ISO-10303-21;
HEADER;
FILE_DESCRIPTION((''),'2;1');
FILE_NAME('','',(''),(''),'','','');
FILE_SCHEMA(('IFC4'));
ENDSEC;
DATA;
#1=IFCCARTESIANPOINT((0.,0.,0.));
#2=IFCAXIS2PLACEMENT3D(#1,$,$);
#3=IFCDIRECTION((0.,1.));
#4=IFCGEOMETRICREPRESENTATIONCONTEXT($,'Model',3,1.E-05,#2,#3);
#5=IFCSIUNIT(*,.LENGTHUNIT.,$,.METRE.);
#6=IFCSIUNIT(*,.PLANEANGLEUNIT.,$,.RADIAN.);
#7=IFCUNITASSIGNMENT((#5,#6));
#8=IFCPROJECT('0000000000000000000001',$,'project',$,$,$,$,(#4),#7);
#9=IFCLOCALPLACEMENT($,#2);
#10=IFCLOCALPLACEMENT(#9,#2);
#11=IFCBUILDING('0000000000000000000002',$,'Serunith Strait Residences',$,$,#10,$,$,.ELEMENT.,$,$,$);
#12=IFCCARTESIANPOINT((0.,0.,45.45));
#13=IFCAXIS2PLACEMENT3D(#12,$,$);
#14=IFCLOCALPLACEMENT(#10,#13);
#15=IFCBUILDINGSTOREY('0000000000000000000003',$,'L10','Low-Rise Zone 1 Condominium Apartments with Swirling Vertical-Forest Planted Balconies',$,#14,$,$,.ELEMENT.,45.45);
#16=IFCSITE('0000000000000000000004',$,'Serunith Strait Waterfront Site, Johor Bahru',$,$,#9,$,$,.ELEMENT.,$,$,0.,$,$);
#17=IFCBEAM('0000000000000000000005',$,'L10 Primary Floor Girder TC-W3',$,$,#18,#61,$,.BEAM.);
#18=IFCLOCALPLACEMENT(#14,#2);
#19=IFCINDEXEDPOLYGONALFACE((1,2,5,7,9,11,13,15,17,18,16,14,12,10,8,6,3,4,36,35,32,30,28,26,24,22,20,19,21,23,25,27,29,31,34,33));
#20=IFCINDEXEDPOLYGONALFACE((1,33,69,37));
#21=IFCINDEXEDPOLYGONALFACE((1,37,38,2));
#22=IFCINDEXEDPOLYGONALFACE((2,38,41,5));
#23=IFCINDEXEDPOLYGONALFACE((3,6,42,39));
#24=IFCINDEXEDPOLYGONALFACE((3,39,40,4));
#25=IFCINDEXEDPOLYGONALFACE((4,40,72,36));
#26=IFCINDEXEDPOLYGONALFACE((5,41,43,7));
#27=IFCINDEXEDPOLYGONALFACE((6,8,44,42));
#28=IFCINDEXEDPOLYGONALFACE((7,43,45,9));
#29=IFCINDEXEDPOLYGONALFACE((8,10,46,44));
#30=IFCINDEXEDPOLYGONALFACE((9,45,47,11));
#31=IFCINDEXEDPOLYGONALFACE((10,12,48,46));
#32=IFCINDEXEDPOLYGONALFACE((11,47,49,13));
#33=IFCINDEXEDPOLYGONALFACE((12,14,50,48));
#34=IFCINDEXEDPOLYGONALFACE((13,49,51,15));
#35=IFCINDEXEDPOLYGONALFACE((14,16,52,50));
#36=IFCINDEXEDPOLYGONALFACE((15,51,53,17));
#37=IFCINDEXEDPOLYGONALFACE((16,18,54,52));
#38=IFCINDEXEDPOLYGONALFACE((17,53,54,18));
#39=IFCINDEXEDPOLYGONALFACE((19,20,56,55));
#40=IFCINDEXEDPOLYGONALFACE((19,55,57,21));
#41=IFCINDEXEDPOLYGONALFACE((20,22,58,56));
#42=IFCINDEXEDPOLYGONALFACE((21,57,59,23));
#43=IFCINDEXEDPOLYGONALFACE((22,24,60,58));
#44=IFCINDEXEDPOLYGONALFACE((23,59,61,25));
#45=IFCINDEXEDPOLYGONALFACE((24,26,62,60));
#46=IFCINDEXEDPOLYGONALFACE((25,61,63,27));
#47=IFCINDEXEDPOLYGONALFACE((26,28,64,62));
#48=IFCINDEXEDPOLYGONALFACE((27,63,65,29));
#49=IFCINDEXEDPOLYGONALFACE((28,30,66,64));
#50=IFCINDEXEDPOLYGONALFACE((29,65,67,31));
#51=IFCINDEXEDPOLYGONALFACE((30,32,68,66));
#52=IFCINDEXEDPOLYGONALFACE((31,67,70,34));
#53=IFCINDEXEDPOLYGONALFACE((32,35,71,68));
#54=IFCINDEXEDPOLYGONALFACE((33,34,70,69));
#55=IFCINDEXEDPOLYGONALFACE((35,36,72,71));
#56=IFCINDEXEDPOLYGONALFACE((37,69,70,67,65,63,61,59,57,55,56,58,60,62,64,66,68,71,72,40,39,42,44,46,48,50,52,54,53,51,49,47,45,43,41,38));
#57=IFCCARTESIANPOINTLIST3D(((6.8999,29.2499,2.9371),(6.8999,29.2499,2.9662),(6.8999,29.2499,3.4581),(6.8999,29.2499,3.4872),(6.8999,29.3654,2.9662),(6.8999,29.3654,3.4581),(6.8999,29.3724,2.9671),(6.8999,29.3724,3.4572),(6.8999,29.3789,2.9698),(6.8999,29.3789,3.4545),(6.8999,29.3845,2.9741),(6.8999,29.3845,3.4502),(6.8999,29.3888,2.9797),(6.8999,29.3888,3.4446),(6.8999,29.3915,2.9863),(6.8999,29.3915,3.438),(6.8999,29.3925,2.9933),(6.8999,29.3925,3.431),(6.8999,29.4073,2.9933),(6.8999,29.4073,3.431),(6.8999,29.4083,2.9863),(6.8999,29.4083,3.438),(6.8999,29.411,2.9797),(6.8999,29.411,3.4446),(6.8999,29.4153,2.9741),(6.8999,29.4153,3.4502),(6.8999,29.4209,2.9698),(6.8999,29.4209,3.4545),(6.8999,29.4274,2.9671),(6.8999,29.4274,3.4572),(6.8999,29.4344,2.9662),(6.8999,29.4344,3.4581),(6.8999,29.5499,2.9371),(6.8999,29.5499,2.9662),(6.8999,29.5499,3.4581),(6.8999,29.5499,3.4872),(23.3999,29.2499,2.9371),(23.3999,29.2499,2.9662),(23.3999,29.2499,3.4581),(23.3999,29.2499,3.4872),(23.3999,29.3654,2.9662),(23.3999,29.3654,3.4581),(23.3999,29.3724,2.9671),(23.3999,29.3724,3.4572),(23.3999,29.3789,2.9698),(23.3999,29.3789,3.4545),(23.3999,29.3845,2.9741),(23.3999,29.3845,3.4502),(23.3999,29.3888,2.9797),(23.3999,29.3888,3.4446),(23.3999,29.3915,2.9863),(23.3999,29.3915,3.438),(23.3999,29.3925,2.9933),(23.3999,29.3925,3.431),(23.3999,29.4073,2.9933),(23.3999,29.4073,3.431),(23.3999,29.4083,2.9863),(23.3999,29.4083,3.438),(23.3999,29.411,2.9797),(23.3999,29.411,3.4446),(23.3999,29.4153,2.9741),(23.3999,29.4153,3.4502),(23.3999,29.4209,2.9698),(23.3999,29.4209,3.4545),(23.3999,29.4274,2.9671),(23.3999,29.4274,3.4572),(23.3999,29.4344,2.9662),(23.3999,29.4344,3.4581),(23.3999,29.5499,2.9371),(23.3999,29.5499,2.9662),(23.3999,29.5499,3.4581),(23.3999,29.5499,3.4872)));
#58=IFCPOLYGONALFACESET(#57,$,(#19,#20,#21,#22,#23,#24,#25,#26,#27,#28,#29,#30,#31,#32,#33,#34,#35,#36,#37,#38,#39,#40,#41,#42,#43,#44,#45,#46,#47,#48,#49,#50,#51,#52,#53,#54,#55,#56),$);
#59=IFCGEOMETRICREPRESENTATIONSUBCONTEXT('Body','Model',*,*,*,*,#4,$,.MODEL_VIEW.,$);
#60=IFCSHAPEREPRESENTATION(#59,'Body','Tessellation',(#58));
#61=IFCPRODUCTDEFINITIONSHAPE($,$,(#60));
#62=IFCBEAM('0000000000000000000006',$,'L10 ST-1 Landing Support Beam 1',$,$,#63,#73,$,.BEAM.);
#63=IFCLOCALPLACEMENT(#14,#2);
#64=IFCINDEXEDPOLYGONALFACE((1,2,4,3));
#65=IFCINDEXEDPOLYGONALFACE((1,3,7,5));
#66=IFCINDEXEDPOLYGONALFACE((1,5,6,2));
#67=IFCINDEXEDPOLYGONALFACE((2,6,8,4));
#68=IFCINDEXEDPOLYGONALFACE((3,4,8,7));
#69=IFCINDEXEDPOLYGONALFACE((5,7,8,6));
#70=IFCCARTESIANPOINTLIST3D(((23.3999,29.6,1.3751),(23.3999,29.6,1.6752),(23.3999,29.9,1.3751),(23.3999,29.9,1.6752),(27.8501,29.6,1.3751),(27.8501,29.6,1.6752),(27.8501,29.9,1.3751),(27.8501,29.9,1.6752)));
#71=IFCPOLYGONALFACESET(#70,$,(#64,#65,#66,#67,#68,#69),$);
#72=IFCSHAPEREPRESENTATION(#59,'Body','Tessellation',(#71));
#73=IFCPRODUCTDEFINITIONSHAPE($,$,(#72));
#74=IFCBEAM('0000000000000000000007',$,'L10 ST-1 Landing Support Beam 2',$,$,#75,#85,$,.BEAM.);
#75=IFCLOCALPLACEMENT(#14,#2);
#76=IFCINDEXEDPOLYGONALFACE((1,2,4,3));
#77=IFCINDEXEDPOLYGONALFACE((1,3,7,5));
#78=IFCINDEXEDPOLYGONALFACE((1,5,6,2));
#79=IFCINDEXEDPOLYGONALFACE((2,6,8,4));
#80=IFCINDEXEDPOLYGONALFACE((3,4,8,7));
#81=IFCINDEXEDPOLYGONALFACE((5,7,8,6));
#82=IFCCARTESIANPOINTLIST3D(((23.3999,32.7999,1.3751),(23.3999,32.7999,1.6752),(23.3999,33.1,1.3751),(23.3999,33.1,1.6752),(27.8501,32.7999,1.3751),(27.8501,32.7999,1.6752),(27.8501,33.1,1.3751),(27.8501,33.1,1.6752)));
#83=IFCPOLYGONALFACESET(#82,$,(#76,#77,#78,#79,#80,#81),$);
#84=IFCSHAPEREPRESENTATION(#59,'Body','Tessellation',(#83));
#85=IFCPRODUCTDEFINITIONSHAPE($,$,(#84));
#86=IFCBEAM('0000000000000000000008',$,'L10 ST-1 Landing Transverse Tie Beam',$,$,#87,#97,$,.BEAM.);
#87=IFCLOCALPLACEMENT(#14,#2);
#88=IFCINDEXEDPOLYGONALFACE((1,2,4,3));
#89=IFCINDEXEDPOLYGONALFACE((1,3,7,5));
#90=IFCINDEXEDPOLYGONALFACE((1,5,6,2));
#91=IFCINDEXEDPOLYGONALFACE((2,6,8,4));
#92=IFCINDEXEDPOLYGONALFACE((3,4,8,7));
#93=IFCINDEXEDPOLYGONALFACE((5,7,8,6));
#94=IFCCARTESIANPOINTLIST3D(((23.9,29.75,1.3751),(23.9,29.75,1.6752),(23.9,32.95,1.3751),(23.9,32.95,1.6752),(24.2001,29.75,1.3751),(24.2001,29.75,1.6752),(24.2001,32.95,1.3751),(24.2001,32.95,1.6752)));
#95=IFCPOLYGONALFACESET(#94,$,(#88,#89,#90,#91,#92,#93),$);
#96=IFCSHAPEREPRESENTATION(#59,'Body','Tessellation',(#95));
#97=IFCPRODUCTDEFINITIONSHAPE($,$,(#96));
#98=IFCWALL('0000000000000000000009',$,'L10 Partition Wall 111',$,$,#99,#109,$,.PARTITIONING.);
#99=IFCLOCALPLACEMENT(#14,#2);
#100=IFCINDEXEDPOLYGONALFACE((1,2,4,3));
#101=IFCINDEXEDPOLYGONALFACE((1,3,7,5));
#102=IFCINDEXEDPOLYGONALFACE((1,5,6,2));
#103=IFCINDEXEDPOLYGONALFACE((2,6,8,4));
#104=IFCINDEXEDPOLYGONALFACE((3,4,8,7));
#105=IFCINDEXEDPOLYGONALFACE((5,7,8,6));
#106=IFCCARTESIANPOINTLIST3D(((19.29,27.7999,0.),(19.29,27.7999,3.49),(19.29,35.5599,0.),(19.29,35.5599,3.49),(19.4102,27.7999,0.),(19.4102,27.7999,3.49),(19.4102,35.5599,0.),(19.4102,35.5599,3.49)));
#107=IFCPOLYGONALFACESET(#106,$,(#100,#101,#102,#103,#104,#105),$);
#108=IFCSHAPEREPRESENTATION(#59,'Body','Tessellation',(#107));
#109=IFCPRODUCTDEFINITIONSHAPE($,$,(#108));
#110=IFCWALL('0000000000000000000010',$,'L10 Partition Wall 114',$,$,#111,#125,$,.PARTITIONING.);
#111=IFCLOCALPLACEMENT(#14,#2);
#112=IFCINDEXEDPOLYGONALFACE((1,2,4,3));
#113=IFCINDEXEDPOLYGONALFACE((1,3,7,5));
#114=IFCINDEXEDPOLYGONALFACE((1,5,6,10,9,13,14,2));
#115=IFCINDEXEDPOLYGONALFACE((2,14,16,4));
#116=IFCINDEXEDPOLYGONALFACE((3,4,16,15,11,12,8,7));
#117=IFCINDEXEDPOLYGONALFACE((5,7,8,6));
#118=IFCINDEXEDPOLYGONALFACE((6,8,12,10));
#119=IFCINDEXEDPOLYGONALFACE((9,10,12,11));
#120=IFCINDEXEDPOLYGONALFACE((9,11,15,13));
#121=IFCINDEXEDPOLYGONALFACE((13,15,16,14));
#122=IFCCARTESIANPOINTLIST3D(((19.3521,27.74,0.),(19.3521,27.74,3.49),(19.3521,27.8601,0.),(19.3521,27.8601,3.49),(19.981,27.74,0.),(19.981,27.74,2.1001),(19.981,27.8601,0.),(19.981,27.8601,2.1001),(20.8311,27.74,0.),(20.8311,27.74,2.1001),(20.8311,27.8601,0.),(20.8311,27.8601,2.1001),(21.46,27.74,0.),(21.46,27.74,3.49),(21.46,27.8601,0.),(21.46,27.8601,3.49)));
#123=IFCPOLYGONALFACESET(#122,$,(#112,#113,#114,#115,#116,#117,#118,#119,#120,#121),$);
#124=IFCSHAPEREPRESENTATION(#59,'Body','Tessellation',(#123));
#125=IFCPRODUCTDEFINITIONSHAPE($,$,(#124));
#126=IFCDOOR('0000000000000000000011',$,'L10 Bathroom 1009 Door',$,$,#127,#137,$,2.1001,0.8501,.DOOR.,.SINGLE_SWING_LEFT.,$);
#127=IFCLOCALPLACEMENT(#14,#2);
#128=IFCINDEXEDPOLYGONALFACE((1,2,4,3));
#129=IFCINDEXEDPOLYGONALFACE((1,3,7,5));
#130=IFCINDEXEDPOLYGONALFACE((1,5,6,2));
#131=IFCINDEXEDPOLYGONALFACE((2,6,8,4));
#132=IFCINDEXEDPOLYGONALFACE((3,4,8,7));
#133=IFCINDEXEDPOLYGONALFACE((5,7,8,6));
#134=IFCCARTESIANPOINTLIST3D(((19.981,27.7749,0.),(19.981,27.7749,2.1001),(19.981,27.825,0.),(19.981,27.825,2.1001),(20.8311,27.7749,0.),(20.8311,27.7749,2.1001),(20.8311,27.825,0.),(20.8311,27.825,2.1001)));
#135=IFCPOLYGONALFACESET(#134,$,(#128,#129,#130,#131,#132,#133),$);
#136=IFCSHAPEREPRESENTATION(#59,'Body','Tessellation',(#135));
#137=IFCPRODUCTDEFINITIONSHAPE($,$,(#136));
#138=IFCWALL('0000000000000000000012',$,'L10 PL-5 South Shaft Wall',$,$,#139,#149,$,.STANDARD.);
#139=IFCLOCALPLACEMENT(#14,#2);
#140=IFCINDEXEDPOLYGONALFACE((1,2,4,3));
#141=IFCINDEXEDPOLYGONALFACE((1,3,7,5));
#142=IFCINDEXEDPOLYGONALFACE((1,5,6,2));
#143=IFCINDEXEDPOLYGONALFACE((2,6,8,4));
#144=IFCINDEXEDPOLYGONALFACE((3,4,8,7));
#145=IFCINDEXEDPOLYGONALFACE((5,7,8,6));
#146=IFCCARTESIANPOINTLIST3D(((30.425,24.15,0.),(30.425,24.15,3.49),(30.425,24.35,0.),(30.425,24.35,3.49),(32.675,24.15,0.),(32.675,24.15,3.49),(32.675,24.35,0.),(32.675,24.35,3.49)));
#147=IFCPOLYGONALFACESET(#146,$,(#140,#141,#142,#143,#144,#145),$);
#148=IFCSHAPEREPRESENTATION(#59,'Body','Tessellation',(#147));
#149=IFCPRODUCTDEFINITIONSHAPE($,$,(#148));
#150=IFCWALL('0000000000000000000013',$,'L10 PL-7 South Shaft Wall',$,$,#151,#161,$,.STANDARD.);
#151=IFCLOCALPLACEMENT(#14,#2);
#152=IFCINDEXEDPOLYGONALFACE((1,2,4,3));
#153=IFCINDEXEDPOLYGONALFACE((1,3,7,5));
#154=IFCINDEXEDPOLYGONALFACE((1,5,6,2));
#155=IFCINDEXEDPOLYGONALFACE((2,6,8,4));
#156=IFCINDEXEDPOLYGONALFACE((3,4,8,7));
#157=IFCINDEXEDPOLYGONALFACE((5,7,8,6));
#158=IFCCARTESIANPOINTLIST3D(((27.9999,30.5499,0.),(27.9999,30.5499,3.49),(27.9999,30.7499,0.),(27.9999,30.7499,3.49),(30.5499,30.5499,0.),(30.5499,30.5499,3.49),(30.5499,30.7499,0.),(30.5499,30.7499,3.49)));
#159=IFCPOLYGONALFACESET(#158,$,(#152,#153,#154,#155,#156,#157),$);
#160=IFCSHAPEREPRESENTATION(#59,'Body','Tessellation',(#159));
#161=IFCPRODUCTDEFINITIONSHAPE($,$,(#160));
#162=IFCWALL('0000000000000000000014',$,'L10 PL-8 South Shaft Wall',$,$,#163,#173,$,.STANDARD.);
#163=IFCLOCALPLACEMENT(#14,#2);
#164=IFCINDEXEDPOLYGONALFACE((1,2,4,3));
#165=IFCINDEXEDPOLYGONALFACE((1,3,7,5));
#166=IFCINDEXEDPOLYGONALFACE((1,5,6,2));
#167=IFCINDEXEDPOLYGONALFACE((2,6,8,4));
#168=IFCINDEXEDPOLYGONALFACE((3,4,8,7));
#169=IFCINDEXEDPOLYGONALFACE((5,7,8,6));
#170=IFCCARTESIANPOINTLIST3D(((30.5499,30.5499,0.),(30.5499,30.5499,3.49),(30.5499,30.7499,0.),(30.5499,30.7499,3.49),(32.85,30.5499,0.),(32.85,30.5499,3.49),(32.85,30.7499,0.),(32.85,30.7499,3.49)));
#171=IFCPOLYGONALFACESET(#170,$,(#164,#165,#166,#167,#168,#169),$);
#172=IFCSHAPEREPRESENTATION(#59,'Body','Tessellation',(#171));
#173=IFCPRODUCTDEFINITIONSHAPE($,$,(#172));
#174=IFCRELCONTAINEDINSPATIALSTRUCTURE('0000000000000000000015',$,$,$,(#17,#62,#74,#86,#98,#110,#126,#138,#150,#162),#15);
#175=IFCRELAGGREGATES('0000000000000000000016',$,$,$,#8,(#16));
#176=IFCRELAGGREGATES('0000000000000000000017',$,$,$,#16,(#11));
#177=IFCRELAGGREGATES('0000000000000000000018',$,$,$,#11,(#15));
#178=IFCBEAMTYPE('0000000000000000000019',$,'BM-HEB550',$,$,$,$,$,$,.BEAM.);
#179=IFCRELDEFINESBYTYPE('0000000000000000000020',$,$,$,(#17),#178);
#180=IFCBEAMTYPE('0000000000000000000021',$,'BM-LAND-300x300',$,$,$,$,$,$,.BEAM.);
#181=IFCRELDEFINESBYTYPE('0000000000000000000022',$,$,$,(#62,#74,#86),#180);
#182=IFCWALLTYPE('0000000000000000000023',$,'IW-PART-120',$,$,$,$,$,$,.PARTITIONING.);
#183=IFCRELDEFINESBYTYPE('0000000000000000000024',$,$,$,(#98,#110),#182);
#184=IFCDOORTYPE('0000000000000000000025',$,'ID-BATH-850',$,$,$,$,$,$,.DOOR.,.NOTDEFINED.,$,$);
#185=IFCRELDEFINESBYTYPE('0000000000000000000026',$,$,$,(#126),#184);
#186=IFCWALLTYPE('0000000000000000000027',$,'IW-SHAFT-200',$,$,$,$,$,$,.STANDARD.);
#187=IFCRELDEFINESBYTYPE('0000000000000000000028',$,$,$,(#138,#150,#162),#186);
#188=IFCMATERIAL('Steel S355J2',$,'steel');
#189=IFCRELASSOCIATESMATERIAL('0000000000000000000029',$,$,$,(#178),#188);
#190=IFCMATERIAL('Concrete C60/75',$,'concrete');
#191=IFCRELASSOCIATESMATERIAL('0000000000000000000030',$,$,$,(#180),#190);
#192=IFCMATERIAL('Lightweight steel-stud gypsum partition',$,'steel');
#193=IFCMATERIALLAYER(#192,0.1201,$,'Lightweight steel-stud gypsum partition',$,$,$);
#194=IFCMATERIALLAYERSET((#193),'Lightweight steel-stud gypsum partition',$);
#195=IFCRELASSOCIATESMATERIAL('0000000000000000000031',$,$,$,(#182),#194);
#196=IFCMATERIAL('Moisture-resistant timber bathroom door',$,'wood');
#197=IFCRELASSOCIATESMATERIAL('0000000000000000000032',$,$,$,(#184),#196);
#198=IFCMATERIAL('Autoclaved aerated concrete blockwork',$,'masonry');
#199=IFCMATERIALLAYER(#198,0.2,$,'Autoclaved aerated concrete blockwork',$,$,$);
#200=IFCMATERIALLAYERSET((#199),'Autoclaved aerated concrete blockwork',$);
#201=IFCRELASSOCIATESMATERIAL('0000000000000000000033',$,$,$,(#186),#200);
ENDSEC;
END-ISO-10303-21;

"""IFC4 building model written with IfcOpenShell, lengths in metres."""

from ifc_helpers import new_model, si_unit, direction, frame, frame_2d, origin, origin_2d, place, context, subcontext, project, spatial, rectangle, i_section, extrude, source, transform, mapped, material, layer, layer_set, material_profile, profile_set, type_object, element, fill, save


model = new_model("IFC4")

# Units and contexts
model_context = context("Model", 3, precision=1e-05, world=origin(), true_north=direction((0.0, 1.0)))
body_context = subcontext(model_context, "Body", "Model", "MODEL_VIEW")
ifc_project = project(units=[si_unit("LENGTHUNIT", "METRE"), si_unit("PLANEANGLEUNIT", "RADIAN")], contexts=[model_context])

# Site, building, storey
site_placement = place(None, origin())
site = spatial("IfcSite", under=ifc_project, at=site_placement, Name="Serunith Strait Waterfront Site, Johor Bahru", CompositionType="ELEMENT", RefElevation=0.0)
building_placement = place(site_placement, origin())
building = spatial("IfcBuilding", under=site, at=building_placement, Name="Serunith Strait Residences", CompositionType="ELEMENT")
storey_placement = place(building_placement, frame((0.0, 0.0, 45.45)))
storey = spatial("IfcBuildingStorey", under=building, at=storey_placement, Name="L10", Description="Low-Rise Zone 1 Condominium Apartments with Swirling Vertical-Forest Planted Balconies", CompositionType="ELEMENT", Elevation=45.45)

# Beams
ifc_material_1 = material(Name="Steel S355J2", Category="steel")
ifc_material_profile_1 = material_profile(ifc_material_1, i_section(OverallWidth=0.3, OverallDepth=0.55, WebThickness=0.0149, FlangeThickness=0.0291, FilletRadius=0.0271, at=origin_2d()), Name="HEB 550")
ifc_profile_set_1 = profile_set([ifc_material_profile_1], Name="Steel S355J2")
beam_type_1 = type_object("IfcBeamType", Name="BM-HEB550", PredefinedType="BEAM", material=ifc_profile_set_1)
shared_shape_1 = source(origin(), body_context, "Body", "SweptSolid", [
    extrude(i_section(OverallWidth=0.3, OverallDepth=0.55, WebThickness=0.0149, FlangeThickness=0.0291, FilletRadius=0.0271, at=origin_2d()), origin(), (0.0, 0.0, 1.0), 16.5),
])
beam_1_placement = place(storey_placement, frame((23.3999, 29.3999, 3.2122), z_axis=(-1.0, 0.0, 0.0), x_axis=(0.0, -1.0, 0.0)))
element("IfcBeam", 1, at=beam_1_placement, inside=storey, type_object=beam_type_1, Name="L10 Primary Floor Girder TC-W3", PredefinedType="BEAM", context=body_context, shape_type="MappedRepresentation", body=[
    mapped(shared_shape_1, transform((0.0, 0.0, 0.0), scale=1.0)),
])
ifc_material_2 = material(Name="Concrete C60/75", Category="concrete")
ifc_material_profile_2 = material_profile(ifc_material_2, rectangle(XDim=0.3, YDim=0.3, at=origin_2d()), Name="RC 300x300")
ifc_profile_set_2 = profile_set([ifc_material_profile_2], Name="Concrete C60/75")
beam_type_2 = type_object("IfcBeamType", Name="BM-LAND-300x300", PredefinedType="BEAM", material=ifc_profile_set_2)
shared_shape_2 = source(origin(), body_context, "Body", "SweptSolid", [
    extrude(rectangle(XDim=0.3, YDim=0.3, at=origin_2d()), origin(), (0.0, 0.0, 1.0), 4.4502),
])
for number, where, z_axis, x_axis, name in (
    (2, (23.3999, 29.75, 1.5251), (1.0, 0.0, 0.0), (0.0, 1.0, 0.0), "L10 ST-1 Landing Support Beam 1"),
    (3, (23.3999, 32.95, 1.5251), (1.0, 0.0, 0.0), (0.0, 1.0, 0.0), "L10 ST-1 Landing Support Beam 2"),
):
    element("IfcBeam", number, at=place(storey_placement, frame(where, z_axis=z_axis, x_axis=x_axis)), inside=storey, type_object=beam_type_2, Name=name, PredefinedType="BEAM", context=body_context, shape_type="MappedRepresentation", body=[
        mapped(shared_shape_2, transform((0.0, 0.0, 0.0), scale=1.0)),
    ])
shared_shape_3 = source(origin(), body_context, "Body", "SweptSolid", [
    extrude(rectangle(XDim=0.3, YDim=0.3, at=origin_2d()), origin(), (0.0, 0.0, 1.0), 3.2),
])
beam_2_placement = place(storey_placement, frame((24.05, 29.75, 1.5251), z_axis=(0.0, 1.0, 0.0), x_axis=(-1.0, 0.0, 0.0)))
element("IfcBeam", 4, at=beam_2_placement, inside=storey, type_object=beam_type_2, Name="L10 ST-1 Landing Transverse Tie Beam", PredefinedType="BEAM", context=body_context, shape_type="MappedRepresentation", body=[
    mapped(shared_shape_3, transform((0.0, 0.0, 0.0), scale=1.0)),
])

# Wall
ifc_material_3 = material(Name="Lightweight steel-stud gypsum partition", Category="steel")
ifc_layer_1 = layer(ifc_material_3, 0.1201, Name="Lightweight steel-stud gypsum partition")
ifc_layer_set_1 = layer_set([ifc_layer_1], Name="Lightweight steel-stud gypsum partition")
wall_type_1 = type_object("IfcWallType", Name="IW-PART-120", PredefinedType="PARTITIONING", material=ifc_layer_set_1)
wall_1_placement = place(storey_placement, frame((19.3501, 27.8, 0.0), z_axis=(0.0, 0.0, 1.0), x_axis=(0.0, 1.0, 0.0)))
element("IfcWall", 5, at=wall_1_placement, inside=storey, type_object=wall_type_1, Name="L10 Partition Wall 111", PredefinedType="PARTITIONING", context=body_context, shape_type="SweptSolid", body=[
    extrude(rectangle(XDim=7.76, YDim=0.1201, at=frame_2d((3.8799, 0.0))), origin(), (0.0, 0.0, 1.0), 3.49),
])

# Wall, opening, door
wall_2_placement = place(storey_placement, frame((19.3521, 27.8, 0.0), z_axis=(0.0, 0.0, 1.0), x_axis=(1.0, 0.0, 0.0)))
wall_2 = element("IfcWall", 6, at=wall_2_placement, inside=storey, type_object=wall_type_1, Name="L10 Partition Wall 114", PredefinedType="PARTITIONING", context=body_context, shape_type="SweptSolid", body=[
    extrude(rectangle(XDim=2.1079, YDim=0.1201, at=frame_2d((1.054, 0.0))), origin(), (0.0, 0.0, 1.0), 3.49),
])
opening_1_placement = place(wall_2_placement, frame((0.6289, 0.0, 0.0)))
opening_1 = element("IfcOpeningElement", 7, at=opening_1_placement, cuts=wall_2, PredefinedType="OPENING", context=body_context, shape_type="SweptSolid", body=[
    extrude(rectangle(XDim=0.8501, YDim=2.1001, at=frame_2d((0.425, 1.05))), frame((0.0, 0.0701, 0.0), z_axis=(0.0, -1.0, 0.0), x_axis=(1.0, 0.0, 0.0)), (0.0, 0.0, 1.0), 0.1401),
])
ifc_material_4 = material(Name="Moisture-resistant timber bathroom door", Category="wood")
door_type_1 = type_object("IfcDoorType", Name="ID-BATH-850", OperationType="NOTDEFINED", PredefinedType="DOOR", material=ifc_material_4)
shared_shape_4 = source(origin(), body_context, "Body", "SweptSolid", [
    extrude(rectangle(XDim=0.8501, YDim=2.1001, at=frame_2d((0.425, 1.05))), frame((0.0, 0.0249, 0.0), z_axis=(0.0, -1.0, 0.0), x_axis=(1.0, 0.0, 0.0)), (0.0, 0.0, 1.0), 0.05),
])
door_1_placement = place(opening_1_placement, origin())
door_1 = element("IfcDoor", 8, at=door_1_placement, inside=storey, type_object=door_type_1, Name="L10 Bathroom 1009 Door", OperationType="SINGLE_SWING_LEFT", OverallHeight=2.1001, OverallWidth=0.8501, PredefinedType="DOOR", context=body_context, shape_type="MappedRepresentation", body=[
    mapped(shared_shape_4, transform((0.0, 0.0, 0.0), scale=1.0)),
])
fill(opening_1, door_1)
ifc_material_5 = material(Name="Autoclaved aerated concrete blockwork", Category="masonry")
ifc_layer_2 = layer(ifc_material_5, 0.2, Name="Autoclaved aerated concrete blockwork")
ifc_layer_set_2 = layer_set([ifc_layer_2], Name="Autoclaved aerated concrete blockwork")
wall_type_2 = type_object("IfcWallType", Name="IW-SHAFT-200", PredefinedType="STANDARD", material=ifc_layer_set_2)

# Walls
wall_3_placement = place(storey_placement, frame((30.425, 24.25, 0.0), z_axis=(0.0, 0.0, 1.0), x_axis=(1.0, 0.0, 0.0)))
element("IfcWall", 9, at=wall_3_placement, inside=storey, type_object=wall_type_2, Name="L10 PL-5 South Shaft Wall", PredefinedType="STANDARD", context=body_context, shape_type="SweptSolid", body=[
    extrude(rectangle(XDim=2.25, YDim=0.2, at=frame_2d((1.125, 0.0))), origin(), (0.0, 0.0, 1.0), 3.49),
])
wall_4_placement = place(storey_placement, frame((28.0, 30.6499, 0.0), z_axis=(0.0, 0.0, 1.0), x_axis=(1.0, 0.0, 0.0)))
element("IfcWall", 10, at=wall_4_placement, inside=storey, type_object=wall_type_2, Name="L10 PL-7 South Shaft Wall", PredefinedType="STANDARD", context=body_context, shape_type="SweptSolid", body=[
    extrude(rectangle(XDim=2.55, YDim=0.2, at=frame_2d((1.2749, 0.0))), origin(), (0.0, 0.0, 1.0), 3.49),
])
wall_5_placement = place(storey_placement, frame((30.55, 30.6499, 0.0), z_axis=(0.0, 0.0, 1.0), x_axis=(1.0, 0.0, 0.0)))
element("IfcWall", 11, at=wall_5_placement, inside=storey, type_object=wall_type_2, Name="L10 PL-8 South Shaft Wall", PredefinedType="STANDARD", context=body_context, shape_type="SweptSolid", body=[
    extrude(rectangle(XDim=2.3, YDim=0.2, at=frame_2d((1.1499, 0.0))), origin(), (0.0, 0.0, 1.0), 3.49),
])

save(model, "model.ifc")
